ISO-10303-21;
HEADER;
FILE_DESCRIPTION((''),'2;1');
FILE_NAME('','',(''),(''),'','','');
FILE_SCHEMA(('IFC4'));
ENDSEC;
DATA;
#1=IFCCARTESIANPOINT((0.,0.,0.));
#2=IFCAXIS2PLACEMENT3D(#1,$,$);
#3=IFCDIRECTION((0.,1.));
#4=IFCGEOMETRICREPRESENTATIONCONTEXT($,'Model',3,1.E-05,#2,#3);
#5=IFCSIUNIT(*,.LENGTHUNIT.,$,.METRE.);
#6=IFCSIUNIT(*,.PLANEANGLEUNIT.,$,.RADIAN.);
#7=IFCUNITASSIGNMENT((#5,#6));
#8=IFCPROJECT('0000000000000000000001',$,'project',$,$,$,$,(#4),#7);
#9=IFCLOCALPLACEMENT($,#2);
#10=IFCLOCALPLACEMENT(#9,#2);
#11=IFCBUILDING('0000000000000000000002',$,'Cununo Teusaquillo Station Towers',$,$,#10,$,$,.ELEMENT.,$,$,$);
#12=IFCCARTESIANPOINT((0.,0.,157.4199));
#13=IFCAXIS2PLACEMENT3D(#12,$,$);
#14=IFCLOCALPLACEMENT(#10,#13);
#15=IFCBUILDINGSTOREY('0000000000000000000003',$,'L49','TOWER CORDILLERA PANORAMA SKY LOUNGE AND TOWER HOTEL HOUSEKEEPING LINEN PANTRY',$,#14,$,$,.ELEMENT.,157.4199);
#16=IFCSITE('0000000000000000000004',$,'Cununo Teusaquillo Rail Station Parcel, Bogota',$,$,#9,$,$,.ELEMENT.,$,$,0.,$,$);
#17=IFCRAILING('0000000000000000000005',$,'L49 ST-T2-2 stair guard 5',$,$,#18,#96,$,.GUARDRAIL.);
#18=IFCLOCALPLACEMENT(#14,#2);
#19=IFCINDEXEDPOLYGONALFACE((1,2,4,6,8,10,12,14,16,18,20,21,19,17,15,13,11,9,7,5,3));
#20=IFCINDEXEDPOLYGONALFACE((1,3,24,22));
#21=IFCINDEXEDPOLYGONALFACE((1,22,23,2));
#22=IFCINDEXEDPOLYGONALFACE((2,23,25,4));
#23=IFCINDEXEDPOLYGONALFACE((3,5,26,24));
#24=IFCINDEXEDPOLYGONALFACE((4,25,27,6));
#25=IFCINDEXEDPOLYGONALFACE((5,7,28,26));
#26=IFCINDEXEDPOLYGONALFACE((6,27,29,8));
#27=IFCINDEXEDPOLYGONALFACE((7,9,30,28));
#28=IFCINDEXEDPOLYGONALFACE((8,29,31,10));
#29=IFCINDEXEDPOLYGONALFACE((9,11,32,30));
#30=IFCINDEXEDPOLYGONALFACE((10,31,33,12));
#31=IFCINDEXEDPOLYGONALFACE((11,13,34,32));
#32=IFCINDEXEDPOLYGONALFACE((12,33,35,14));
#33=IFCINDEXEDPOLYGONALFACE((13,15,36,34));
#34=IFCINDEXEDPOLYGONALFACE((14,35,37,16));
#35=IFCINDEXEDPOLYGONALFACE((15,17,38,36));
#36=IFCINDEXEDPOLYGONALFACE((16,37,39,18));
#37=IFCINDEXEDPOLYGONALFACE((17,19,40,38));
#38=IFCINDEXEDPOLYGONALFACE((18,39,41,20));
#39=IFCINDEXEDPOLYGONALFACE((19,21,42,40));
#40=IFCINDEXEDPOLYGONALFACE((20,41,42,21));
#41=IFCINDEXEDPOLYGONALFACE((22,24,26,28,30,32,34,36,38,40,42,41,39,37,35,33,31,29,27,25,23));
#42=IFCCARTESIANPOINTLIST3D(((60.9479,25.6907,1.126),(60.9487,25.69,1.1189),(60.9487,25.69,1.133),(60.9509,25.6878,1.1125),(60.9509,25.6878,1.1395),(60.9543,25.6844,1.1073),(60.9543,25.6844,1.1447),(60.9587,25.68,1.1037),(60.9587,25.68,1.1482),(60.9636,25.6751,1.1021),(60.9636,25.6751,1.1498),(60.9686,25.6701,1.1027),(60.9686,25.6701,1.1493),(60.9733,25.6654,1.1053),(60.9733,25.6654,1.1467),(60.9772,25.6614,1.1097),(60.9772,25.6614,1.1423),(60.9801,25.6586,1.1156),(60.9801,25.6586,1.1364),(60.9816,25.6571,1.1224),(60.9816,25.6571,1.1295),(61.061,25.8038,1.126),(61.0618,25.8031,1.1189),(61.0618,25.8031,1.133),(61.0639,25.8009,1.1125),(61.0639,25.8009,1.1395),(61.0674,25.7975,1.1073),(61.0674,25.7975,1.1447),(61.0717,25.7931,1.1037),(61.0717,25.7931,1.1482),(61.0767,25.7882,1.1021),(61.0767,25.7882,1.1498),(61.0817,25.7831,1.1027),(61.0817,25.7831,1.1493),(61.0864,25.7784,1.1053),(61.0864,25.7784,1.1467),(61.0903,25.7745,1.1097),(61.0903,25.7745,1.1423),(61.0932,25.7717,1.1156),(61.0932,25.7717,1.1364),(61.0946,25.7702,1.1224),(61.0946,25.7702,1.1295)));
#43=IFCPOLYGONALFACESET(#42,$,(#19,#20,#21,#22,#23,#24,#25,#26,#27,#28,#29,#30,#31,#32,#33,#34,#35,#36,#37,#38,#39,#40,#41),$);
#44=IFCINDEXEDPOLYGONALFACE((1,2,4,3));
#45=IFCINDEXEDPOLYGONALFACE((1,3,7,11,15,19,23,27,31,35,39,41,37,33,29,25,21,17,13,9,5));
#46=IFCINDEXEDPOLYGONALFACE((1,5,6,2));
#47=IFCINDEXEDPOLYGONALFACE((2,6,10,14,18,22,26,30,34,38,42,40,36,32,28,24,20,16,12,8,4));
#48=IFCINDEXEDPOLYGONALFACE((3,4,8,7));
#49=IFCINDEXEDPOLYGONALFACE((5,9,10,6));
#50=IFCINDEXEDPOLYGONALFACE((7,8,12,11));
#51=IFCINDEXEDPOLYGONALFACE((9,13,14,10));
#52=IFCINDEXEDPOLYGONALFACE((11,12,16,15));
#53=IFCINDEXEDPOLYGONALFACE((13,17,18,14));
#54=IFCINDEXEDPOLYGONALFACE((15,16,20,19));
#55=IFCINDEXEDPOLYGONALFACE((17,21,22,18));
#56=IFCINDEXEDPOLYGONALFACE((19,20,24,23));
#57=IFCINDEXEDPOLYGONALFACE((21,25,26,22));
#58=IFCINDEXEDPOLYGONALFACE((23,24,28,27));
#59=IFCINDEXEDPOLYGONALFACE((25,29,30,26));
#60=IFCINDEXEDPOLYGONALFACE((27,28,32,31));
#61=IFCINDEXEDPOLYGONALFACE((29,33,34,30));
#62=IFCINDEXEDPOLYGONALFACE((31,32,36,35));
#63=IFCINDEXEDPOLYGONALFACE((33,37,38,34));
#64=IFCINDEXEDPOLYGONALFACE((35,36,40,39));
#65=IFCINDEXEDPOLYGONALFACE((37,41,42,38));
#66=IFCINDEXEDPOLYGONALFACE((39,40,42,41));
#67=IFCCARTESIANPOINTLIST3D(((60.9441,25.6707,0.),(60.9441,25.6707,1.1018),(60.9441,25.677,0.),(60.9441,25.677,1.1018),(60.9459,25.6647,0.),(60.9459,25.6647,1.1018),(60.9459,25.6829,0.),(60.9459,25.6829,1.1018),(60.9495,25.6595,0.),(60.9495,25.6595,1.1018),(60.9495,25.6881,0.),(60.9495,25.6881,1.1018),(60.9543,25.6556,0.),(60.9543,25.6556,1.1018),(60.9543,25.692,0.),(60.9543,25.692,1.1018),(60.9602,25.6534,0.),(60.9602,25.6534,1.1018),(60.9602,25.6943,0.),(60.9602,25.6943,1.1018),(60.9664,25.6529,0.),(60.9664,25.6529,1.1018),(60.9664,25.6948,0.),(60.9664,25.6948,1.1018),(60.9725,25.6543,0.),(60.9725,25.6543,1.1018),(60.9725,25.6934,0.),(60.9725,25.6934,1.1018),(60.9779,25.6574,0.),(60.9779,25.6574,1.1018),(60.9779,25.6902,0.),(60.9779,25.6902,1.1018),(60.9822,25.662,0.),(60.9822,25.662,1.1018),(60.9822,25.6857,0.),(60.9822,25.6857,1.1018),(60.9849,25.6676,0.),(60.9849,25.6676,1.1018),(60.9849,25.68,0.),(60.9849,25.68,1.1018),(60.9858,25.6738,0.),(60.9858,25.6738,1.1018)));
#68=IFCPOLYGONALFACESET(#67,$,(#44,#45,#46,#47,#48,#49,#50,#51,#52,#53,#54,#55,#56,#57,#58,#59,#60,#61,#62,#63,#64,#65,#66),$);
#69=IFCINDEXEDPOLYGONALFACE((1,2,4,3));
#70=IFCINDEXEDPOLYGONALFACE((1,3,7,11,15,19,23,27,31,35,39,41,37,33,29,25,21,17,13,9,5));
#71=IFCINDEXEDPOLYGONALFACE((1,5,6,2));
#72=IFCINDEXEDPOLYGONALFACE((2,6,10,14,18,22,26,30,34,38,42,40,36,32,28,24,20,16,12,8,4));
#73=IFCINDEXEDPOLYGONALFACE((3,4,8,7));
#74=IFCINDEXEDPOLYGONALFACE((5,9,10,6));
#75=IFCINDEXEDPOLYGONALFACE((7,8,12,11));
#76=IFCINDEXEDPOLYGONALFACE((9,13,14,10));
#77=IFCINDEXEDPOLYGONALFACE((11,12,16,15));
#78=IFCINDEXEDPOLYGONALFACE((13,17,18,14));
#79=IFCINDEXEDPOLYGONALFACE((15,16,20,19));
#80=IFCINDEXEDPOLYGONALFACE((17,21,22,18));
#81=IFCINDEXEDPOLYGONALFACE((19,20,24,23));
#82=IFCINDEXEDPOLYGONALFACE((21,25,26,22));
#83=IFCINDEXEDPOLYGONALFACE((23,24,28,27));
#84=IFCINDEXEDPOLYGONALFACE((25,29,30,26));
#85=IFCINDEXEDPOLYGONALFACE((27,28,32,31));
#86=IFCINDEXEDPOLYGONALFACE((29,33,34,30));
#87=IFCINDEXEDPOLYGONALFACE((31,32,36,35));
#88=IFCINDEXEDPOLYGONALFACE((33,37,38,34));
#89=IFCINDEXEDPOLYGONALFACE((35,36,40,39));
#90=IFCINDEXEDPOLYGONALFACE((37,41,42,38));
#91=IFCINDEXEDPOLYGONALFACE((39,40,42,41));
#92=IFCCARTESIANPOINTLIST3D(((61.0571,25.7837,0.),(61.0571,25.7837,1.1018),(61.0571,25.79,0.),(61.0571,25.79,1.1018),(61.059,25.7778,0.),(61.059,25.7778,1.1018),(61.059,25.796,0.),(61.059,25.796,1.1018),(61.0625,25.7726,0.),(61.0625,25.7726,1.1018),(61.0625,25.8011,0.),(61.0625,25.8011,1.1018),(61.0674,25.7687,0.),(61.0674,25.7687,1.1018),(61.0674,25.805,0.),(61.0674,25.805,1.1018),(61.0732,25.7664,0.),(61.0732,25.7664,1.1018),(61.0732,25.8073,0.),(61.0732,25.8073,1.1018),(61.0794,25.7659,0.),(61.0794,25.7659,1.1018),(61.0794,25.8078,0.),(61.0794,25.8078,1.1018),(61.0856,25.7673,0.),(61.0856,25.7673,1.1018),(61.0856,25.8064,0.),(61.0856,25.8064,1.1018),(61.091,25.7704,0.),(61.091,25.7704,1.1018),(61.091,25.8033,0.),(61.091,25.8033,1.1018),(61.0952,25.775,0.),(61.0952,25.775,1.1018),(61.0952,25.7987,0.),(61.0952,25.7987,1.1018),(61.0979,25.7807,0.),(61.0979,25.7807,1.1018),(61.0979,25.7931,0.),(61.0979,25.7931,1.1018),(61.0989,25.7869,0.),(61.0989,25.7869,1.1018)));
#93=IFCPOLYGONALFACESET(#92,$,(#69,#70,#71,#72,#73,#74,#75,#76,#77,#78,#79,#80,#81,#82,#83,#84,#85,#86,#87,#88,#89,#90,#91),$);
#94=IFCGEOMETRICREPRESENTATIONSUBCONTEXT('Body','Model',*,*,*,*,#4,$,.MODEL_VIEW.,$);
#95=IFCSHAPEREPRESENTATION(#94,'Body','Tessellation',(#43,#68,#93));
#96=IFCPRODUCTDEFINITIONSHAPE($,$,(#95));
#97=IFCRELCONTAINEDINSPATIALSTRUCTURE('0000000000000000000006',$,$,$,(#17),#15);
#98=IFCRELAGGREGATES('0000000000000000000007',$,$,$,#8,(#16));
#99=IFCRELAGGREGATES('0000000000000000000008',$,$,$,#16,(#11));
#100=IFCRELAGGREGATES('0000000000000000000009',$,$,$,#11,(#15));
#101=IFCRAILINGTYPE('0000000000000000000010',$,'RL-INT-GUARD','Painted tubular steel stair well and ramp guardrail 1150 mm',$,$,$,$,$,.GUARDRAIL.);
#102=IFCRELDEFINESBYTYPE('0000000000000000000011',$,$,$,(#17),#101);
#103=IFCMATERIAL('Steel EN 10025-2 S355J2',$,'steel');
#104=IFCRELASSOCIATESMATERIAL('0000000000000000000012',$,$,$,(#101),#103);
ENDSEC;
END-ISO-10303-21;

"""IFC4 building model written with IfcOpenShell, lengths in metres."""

from ifc_helpers import new_model, si_unit, direction, frame, origin, origin_2d, place, context, subcontext, project, spatial, circle, extrude, material, type_object, element, save


model = new_model("IFC4")

# Units and contexts
model_context = context("Model", 3, precision=1e-05, world=origin(), true_north=direction((0.0, 1.0)))
body_context = subcontext(model_context, "Body", "Model", "MODEL_VIEW")
ifc_project = project(units=[si_unit("LENGTHUNIT", "METRE"), si_unit("PLANEANGLEUNIT", "RADIAN")], contexts=[model_context])

# Site, building, storey
site_placement = place(None, origin())
site = spatial("IfcSite", under=ifc_project, at=site_placement, Name="Cununo Teusaquillo Rail Station Parcel, Bogota", CompositionType="ELEMENT", RefElevation=0.0)
building_placement = place(site_placement, origin())
building = spatial("IfcBuilding", under=site, at=building_placement, Name="Cununo Teusaquillo Station Towers", CompositionType="ELEMENT")
storey_placement = place(building_placement, frame((0.0, 0.0, 157.4199)))
storey = spatial("IfcBuildingStorey", under=building, at=storey_placement, Name="L49", Description="TOWER CORDILLERA PANORAMA SKY LOUNGE AND TOWER HOTEL HOUSEKEEPING LINEN PANTRY", CompositionType="ELEMENT", Elevation=157.4199)

# Railing
ifc_material_1 = material(Name="Steel EN 10025-2 S355J2", Category="steel")
railing_type_1 = type_object("IfcRailingType", Name="RL-INT-GUARD", Description="Painted tubular steel stair well and ramp guardrail 1150 mm", PredefinedType="GUARDRAIL", material=ifc_material_1)
railing_1_placement = place(storey_placement, frame((60.9648, 25.6738, 0.0)))
element("IfcRailing", 1, at=railing_1_placement, inside=storey, type_object=railing_type_1, Name="L49 ST-T2-2 stair guard 5", PredefinedType="GUARDRAIL", context=body_context, shape_type="SweptSolid", body=[
    extrude(circle(Radius=0.0239, at=origin_2d()), frame((0.0, 0.0, 1.126), z_axis=(0.707107, 0.707107, 0.0), x_axis=(-0.707107, 0.707107, 0.0)), (0.0, 0.0, 1.0), 0.1599),
    extrude(circle(Radius=0.021, at=origin_2d()), origin(), (0.0, 0.0, 1.0), 1.1018),
    extrude(circle(Radius=0.021, at=origin_2d()), frame((0.113, 0.113, 0.0)), (0.0, 0.0, 1.0), 1.1018),
])

save(model, "model.ifc")
